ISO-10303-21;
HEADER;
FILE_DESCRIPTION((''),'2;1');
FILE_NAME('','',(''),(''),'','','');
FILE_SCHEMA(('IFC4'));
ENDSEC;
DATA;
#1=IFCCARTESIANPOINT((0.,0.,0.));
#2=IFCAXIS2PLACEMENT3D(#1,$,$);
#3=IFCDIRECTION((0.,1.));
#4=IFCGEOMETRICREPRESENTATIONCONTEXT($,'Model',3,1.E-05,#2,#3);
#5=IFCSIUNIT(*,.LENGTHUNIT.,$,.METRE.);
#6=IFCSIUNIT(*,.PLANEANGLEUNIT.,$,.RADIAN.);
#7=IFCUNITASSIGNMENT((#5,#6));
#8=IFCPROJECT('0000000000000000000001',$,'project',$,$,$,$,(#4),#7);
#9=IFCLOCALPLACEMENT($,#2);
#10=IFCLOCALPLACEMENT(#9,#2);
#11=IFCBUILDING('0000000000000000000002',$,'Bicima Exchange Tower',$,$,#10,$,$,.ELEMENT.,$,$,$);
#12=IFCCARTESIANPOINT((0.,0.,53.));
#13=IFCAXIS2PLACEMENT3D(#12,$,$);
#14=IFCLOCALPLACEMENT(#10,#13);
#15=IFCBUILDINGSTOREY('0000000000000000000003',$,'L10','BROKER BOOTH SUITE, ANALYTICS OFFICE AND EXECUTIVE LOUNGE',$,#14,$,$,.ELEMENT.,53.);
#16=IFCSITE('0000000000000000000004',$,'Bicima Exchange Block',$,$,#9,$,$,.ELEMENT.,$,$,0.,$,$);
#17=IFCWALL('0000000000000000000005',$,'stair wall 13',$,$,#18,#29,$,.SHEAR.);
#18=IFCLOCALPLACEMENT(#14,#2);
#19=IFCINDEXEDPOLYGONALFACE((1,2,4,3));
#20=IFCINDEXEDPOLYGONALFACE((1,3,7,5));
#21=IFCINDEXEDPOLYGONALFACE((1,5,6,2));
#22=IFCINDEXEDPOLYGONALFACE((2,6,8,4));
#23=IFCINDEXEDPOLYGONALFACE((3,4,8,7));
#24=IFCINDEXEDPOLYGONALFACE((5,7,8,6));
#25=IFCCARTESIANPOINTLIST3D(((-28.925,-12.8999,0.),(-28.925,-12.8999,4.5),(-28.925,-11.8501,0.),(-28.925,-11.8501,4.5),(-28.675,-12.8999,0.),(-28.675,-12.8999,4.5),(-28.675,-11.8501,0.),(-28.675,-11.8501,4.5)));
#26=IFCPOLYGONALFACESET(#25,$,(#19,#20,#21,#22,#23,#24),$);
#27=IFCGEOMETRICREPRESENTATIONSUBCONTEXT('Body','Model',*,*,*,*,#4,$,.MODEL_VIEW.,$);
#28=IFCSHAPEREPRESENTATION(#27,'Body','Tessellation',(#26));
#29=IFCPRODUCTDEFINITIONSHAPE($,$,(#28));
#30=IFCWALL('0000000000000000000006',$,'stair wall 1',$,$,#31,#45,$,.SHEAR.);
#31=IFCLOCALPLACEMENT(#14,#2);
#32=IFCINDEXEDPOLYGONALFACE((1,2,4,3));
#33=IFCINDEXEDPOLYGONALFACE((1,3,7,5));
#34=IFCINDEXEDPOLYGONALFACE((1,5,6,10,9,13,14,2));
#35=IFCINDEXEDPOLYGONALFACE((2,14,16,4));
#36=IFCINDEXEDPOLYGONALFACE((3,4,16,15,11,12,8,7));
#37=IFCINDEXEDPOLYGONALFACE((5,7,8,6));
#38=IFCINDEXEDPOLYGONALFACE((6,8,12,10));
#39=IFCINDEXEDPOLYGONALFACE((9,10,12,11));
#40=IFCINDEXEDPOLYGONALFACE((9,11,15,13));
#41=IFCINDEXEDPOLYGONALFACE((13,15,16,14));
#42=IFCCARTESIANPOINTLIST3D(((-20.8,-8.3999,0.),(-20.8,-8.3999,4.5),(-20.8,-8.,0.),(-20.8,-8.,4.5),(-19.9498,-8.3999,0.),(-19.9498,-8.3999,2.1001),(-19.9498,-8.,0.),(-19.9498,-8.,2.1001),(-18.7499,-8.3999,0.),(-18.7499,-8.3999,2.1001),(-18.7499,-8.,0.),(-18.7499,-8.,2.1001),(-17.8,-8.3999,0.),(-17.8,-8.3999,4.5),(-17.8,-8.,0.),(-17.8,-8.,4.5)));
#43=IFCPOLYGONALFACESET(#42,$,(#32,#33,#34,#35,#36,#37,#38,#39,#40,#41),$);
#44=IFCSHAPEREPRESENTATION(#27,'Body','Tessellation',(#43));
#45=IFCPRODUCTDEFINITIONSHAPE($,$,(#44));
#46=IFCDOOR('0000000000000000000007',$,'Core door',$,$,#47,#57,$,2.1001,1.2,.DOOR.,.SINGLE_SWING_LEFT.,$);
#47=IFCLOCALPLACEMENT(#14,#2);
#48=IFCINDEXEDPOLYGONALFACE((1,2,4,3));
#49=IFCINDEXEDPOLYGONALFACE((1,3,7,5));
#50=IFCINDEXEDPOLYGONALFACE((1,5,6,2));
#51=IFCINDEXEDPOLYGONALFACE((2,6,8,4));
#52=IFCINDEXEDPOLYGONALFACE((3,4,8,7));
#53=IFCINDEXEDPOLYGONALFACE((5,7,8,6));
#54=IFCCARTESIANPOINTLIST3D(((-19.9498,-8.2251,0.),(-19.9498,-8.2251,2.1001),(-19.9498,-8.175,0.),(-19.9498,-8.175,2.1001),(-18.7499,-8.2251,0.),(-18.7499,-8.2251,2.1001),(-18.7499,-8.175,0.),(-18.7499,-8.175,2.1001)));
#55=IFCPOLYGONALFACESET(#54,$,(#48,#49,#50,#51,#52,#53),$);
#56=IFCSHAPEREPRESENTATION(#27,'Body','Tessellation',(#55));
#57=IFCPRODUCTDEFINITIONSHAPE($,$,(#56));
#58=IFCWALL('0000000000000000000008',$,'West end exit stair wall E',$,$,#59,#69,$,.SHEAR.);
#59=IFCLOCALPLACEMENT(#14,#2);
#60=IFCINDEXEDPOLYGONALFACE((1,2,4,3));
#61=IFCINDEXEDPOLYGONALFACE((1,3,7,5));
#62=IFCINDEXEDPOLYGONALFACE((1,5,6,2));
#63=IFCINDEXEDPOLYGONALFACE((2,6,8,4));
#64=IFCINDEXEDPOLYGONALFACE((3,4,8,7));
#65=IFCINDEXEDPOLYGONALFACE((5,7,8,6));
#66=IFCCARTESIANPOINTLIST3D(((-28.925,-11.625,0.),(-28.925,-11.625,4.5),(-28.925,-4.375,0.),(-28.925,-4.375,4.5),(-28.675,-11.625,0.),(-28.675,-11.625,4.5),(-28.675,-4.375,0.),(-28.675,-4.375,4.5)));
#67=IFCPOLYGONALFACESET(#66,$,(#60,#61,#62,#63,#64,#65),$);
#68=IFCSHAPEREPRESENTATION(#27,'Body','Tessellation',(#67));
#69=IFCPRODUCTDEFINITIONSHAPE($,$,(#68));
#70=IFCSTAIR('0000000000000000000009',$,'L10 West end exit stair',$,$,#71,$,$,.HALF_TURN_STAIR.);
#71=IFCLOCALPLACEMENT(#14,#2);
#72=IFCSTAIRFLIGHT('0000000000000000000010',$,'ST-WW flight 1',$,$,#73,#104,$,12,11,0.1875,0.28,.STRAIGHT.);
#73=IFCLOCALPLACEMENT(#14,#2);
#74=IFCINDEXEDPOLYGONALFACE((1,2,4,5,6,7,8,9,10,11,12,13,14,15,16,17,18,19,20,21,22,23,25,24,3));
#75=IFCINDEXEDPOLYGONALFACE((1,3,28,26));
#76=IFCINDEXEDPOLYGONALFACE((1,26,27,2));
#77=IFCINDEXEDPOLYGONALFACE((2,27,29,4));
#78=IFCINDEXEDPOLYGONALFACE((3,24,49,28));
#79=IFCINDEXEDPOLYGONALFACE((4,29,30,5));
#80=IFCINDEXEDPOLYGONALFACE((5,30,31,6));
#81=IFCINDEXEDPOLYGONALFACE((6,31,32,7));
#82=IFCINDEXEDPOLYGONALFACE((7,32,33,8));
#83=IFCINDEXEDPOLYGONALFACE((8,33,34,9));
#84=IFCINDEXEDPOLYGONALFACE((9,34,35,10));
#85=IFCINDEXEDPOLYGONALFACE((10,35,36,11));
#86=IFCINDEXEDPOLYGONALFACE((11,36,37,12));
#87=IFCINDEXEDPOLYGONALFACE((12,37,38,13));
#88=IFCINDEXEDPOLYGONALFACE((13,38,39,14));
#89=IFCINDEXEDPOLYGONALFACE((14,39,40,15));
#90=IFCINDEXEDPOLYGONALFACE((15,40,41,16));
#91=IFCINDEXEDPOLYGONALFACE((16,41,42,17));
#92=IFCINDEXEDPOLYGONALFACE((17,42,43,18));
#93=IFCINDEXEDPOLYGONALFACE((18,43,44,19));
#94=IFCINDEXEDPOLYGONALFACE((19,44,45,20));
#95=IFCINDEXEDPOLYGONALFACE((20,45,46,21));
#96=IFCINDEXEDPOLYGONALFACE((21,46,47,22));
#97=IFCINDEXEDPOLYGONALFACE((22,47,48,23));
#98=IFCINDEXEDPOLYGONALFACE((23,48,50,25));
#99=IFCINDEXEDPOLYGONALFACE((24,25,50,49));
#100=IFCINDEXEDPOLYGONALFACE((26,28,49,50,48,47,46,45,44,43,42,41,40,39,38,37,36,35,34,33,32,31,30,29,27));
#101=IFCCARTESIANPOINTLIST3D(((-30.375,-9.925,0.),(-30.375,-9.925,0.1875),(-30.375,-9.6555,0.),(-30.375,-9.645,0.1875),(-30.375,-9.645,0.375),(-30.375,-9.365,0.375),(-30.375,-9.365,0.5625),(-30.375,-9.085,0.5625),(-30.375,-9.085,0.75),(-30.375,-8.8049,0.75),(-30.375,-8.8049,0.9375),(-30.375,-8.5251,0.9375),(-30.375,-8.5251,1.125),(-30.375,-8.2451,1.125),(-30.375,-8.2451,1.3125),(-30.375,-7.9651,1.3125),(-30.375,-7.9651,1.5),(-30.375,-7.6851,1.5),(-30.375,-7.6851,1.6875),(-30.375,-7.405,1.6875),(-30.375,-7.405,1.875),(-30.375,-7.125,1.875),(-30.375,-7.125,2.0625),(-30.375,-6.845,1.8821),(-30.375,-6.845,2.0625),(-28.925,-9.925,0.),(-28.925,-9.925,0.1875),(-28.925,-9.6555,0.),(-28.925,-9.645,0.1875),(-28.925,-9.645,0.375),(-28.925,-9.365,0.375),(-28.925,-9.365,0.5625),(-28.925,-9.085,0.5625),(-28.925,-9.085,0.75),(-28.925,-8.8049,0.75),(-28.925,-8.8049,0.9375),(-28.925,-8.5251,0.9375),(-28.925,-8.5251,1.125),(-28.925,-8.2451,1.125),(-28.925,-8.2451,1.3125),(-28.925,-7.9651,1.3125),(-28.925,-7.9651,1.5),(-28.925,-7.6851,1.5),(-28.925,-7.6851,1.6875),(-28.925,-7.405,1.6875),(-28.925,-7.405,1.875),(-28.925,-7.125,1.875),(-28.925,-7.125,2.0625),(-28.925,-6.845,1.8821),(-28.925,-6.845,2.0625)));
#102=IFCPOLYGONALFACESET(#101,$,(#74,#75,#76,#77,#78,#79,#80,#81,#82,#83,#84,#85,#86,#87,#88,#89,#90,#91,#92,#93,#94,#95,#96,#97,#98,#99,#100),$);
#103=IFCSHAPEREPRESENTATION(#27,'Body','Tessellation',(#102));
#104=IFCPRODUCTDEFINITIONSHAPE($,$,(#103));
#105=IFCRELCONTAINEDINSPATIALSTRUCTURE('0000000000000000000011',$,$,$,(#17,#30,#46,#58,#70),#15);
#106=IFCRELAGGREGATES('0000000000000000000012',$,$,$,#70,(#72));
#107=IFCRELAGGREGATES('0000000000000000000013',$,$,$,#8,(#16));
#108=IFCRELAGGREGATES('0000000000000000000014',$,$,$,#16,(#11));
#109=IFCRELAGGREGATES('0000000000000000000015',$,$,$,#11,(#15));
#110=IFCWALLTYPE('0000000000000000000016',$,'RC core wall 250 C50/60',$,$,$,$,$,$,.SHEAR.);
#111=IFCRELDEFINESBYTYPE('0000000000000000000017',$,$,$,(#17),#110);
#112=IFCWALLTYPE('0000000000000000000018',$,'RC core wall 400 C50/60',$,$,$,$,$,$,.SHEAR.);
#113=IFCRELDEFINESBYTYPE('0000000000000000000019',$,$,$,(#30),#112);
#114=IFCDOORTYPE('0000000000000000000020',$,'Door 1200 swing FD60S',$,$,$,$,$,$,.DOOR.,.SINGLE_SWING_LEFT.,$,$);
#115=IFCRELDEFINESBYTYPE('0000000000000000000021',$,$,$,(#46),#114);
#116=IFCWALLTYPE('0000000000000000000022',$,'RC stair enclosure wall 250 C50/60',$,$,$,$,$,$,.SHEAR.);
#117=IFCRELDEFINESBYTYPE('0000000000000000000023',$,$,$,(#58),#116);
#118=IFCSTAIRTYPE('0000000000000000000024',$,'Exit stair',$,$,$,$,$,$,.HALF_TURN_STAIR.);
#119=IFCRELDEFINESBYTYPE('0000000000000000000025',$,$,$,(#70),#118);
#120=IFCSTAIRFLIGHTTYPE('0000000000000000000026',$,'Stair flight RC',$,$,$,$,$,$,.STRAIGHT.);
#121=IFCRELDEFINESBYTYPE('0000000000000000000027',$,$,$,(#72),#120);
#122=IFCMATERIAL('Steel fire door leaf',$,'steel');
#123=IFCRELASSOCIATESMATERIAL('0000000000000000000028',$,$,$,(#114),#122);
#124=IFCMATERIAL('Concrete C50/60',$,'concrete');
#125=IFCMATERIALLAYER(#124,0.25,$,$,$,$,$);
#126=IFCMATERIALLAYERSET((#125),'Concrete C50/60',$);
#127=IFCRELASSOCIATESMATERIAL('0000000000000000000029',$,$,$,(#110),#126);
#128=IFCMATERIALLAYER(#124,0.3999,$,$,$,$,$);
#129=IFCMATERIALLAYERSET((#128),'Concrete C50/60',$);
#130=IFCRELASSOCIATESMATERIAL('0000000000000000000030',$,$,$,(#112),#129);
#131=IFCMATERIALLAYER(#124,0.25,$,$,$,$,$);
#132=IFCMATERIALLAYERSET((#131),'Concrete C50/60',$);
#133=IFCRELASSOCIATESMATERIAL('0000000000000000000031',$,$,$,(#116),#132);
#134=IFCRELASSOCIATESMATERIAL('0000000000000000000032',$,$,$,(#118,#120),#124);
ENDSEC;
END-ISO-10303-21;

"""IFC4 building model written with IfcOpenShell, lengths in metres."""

from ifc_helpers import new_model, si_unit, direction, frame, frame_2d, origin, place, context, subcontext, project, spatial, polyline, rectangle, outline, extrude, material, layer, layer_set, type_object, element, fill, aggregate, save


model = new_model("IFC4")

# Units and contexts
model_context = context("Model", 3, precision=1e-05, world=origin(), true_north=direction((0.0, 1.0)))
body_context = subcontext(model_context, "Body", "Model", "MODEL_VIEW")
ifc_project = project(units=[si_unit("LENGTHUNIT", "METRE"), si_unit("PLANEANGLEUNIT", "RADIAN")], contexts=[model_context])

# Site, building, storey
site_placement = place(None, origin())
site = spatial("IfcSite", under=ifc_project, at=site_placement, Name="Bicima Exchange Block", CompositionType="ELEMENT", RefElevation=0.0)
building_placement = place(site_placement, origin())
building = spatial("IfcBuilding", under=site, at=building_placement, Name="Bicima Exchange Tower", CompositionType="ELEMENT")
storey_placement = place(building_placement, frame((0.0, 0.0, 53.0)))
storey = spatial("IfcBuildingStorey", under=building, at=storey_placement, Name="L10", Description="BROKER BOOTH SUITE, ANALYTICS OFFICE AND EXECUTIVE LOUNGE", CompositionType="ELEMENT", Elevation=53.0)

# Shared definitions
ifc_material_1 = material(Name="Steel fire door leaf", Category="steel")

# Shared definitions
door_type_1 = type_object("IfcDoorType", Name="Door 1200 swing FD60S", OperationType="SINGLE_SWING_LEFT", PredefinedType="DOOR", material=ifc_material_1)

# Wall
ifc_material_2 = material(Name="Concrete C50/60", Category="concrete")
ifc_layer_1 = layer(ifc_material_2, 0.25)
ifc_layer_set_1 = layer_set([ifc_layer_1], Name="Concrete C50/60")
wall_type_1 = type_object("IfcWallType", Name="RC core wall 250 C50/60", PredefinedType="SHEAR", material=ifc_layer_set_1)
wall_1_placement = place(storey_placement, frame((-28.8, -12.8999, 0.0), z_axis=(0.0, 0.0, 1.0), x_axis=(0.0, 1.0, 0.0)))
element("IfcWall", 1, at=wall_1_placement, inside=storey, type_object=wall_type_1, Name="stair wall 13", PredefinedType="SHEAR", context=body_context, shape_type="SweptSolid", body=[
    extrude(rectangle(XDim=1.0498, YDim=0.25, at=frame_2d((0.5249, 0.0))), origin(), (0.0, 0.0, 1.0), 4.5),
])

# Wall, opening, door
ifc_layer_2 = layer(ifc_material_2, 0.3999)
ifc_layer_set_2 = layer_set([ifc_layer_2], Name="Concrete C50/60")
wall_type_2 = type_object("IfcWallType", Name="RC core wall 400 C50/60", PredefinedType="SHEAR", material=ifc_layer_set_2)
wall_2_placement = place(storey_placement, frame((-20.8, -8.2, 0.0), z_axis=(0.0, 0.0, 1.0), x_axis=(1.0, 0.0, 0.0)))
wall_2 = element("IfcWall", 2, at=wall_2_placement, inside=storey, type_object=wall_type_2, Name="stair wall 1", PredefinedType="SHEAR", context=body_context, shape_type="SweptSolid", body=[
    extrude(rectangle(XDim=3.0, YDim=0.3999, at=frame_2d((1.5, 0.0))), origin(), (0.0, 0.0, 1.0), 4.5),
])
opening_1_placement = place(wall_2_placement, frame((0.8501, 0.0, 0.0)))
opening_1 = element("IfcOpeningElement", 3, at=opening_1_placement, cuts=wall_2, PredefinedType="OPENING", context=body_context, shape_type="SweptSolid", body=[
    extrude(rectangle(XDim=1.2, YDim=2.1001, at=frame_2d((0.6001, 1.05))), frame((0.0, 0.2119, 0.0), z_axis=(0.0, -1.0, 0.0), x_axis=(1.0, 0.0, 0.0)), (0.0, 0.0, 1.0), 0.4238),
])
door_1_placement = place(opening_1_placement, origin())
door_1 = element("IfcDoor", 4, at=door_1_placement, inside=storey, type_object=door_type_1, Name="Core door", OperationType="SINGLE_SWING_LEFT", OverallHeight=2.1001, OverallWidth=1.2, PredefinedType="DOOR", context=body_context, shape_type="SweptSolid", body=[
    extrude(rectangle(XDim=1.2, YDim=2.1001, at=frame_2d((0.6001, 1.05))), frame((0.0, 0.0249, 0.0), z_axis=(0.0, -1.0, 0.0), x_axis=(1.0, 0.0, 0.0)), (0.0, 0.0, 1.0), 0.05),
])
fill(opening_1, door_1)

# Wall
ifc_layer_3 = layer(ifc_material_2, 0.25)
ifc_layer_set_3 = layer_set([ifc_layer_3], Name="Concrete C50/60")
wall_type_3 = type_object("IfcWallType", Name="RC stair enclosure wall 250 C50/60", PredefinedType="SHEAR", material=ifc_layer_set_3)
wall_3_placement = place(storey_placement, frame((-28.8, -11.625, 0.0), z_axis=(0.0, 0.0, 1.0), x_axis=(0.0, 1.0, 0.0)))
element("IfcWall", 5, at=wall_3_placement, inside=storey, type_object=wall_type_3, Name="West end exit stair wall E", PredefinedType="SHEAR", context=body_context, shape_type="SweptSolid", body=[
    extrude(rectangle(XDim=7.25, YDim=0.25, at=frame_2d((3.625, 0.0))), origin(), (0.0, 0.0, 1.0), 4.5),
])

# Stair, stair flight
stair_type = type_object("IfcStairType", Name="Exit stair", PredefinedType="HALF_TURN_STAIR", material=ifc_material_2)
stair_placement = place(storey_placement, origin())
stair = element("IfcStair", 6, at=stair_placement, inside=storey, type_object=stair_type, Name="L10 West end exit stair", PredefinedType="HALF_TURN_STAIR")
stair_flight_type = type_object("IfcStairFlightType", Name="Stair flight RC", PredefinedType="STRAIGHT", material=ifc_material_2)
stair_flight_placement = place(storey_placement, frame((-29.6499, -9.925, 0.0), z_axis=(0.0, 0.0, 1.0), x_axis=(0.0, 1.0, 0.0)))
stair_flight = element("IfcStairFlight", 7, at=stair_flight_placement, type_object=stair_flight_type, Name="ST-WW flight 1", NumberOfRisers=12, NumberOfTreads=11, PredefinedType="STRAIGHT", RiserHeight=0.1875, TreadLength=0.28, context=body_context, shape_type="SweptSolid", body=[
    extrude(outline(polyline([(0.0, 0.0), (0.0, 0.1875), (0.28, 0.1875), (0.28, 0.375), (0.5601, 0.375), (0.5601, 0.5625), (0.8401, 0.5625), (0.8401, 0.75), (1.1201, 0.75), (1.1201, 0.9375), (1.3999, 0.9375), (1.3999, 1.125), (1.6799, 1.125), (1.6799, 1.3125), (1.96, 1.3125), (1.96, 1.5), (2.24, 1.5), (2.24, 1.6875), (2.52, 1.6875), (2.52, 1.875), (2.8, 1.875), (2.8, 2.0625), (3.0801, 2.0625), (3.0801, 2.25), (3.0801, 1.8821), (0.2695, 0.0), (0.0, 0.0)])), frame((0.0, 0.7251, 0.0), z_axis=(0.0, -1.0, 0.0), x_axis=(1.0, 0.0, 0.0)), (0.0, 0.0, 1.0), 1.45),
])
aggregate(stair, [stair_flight])

save(model, "model.ifc")
